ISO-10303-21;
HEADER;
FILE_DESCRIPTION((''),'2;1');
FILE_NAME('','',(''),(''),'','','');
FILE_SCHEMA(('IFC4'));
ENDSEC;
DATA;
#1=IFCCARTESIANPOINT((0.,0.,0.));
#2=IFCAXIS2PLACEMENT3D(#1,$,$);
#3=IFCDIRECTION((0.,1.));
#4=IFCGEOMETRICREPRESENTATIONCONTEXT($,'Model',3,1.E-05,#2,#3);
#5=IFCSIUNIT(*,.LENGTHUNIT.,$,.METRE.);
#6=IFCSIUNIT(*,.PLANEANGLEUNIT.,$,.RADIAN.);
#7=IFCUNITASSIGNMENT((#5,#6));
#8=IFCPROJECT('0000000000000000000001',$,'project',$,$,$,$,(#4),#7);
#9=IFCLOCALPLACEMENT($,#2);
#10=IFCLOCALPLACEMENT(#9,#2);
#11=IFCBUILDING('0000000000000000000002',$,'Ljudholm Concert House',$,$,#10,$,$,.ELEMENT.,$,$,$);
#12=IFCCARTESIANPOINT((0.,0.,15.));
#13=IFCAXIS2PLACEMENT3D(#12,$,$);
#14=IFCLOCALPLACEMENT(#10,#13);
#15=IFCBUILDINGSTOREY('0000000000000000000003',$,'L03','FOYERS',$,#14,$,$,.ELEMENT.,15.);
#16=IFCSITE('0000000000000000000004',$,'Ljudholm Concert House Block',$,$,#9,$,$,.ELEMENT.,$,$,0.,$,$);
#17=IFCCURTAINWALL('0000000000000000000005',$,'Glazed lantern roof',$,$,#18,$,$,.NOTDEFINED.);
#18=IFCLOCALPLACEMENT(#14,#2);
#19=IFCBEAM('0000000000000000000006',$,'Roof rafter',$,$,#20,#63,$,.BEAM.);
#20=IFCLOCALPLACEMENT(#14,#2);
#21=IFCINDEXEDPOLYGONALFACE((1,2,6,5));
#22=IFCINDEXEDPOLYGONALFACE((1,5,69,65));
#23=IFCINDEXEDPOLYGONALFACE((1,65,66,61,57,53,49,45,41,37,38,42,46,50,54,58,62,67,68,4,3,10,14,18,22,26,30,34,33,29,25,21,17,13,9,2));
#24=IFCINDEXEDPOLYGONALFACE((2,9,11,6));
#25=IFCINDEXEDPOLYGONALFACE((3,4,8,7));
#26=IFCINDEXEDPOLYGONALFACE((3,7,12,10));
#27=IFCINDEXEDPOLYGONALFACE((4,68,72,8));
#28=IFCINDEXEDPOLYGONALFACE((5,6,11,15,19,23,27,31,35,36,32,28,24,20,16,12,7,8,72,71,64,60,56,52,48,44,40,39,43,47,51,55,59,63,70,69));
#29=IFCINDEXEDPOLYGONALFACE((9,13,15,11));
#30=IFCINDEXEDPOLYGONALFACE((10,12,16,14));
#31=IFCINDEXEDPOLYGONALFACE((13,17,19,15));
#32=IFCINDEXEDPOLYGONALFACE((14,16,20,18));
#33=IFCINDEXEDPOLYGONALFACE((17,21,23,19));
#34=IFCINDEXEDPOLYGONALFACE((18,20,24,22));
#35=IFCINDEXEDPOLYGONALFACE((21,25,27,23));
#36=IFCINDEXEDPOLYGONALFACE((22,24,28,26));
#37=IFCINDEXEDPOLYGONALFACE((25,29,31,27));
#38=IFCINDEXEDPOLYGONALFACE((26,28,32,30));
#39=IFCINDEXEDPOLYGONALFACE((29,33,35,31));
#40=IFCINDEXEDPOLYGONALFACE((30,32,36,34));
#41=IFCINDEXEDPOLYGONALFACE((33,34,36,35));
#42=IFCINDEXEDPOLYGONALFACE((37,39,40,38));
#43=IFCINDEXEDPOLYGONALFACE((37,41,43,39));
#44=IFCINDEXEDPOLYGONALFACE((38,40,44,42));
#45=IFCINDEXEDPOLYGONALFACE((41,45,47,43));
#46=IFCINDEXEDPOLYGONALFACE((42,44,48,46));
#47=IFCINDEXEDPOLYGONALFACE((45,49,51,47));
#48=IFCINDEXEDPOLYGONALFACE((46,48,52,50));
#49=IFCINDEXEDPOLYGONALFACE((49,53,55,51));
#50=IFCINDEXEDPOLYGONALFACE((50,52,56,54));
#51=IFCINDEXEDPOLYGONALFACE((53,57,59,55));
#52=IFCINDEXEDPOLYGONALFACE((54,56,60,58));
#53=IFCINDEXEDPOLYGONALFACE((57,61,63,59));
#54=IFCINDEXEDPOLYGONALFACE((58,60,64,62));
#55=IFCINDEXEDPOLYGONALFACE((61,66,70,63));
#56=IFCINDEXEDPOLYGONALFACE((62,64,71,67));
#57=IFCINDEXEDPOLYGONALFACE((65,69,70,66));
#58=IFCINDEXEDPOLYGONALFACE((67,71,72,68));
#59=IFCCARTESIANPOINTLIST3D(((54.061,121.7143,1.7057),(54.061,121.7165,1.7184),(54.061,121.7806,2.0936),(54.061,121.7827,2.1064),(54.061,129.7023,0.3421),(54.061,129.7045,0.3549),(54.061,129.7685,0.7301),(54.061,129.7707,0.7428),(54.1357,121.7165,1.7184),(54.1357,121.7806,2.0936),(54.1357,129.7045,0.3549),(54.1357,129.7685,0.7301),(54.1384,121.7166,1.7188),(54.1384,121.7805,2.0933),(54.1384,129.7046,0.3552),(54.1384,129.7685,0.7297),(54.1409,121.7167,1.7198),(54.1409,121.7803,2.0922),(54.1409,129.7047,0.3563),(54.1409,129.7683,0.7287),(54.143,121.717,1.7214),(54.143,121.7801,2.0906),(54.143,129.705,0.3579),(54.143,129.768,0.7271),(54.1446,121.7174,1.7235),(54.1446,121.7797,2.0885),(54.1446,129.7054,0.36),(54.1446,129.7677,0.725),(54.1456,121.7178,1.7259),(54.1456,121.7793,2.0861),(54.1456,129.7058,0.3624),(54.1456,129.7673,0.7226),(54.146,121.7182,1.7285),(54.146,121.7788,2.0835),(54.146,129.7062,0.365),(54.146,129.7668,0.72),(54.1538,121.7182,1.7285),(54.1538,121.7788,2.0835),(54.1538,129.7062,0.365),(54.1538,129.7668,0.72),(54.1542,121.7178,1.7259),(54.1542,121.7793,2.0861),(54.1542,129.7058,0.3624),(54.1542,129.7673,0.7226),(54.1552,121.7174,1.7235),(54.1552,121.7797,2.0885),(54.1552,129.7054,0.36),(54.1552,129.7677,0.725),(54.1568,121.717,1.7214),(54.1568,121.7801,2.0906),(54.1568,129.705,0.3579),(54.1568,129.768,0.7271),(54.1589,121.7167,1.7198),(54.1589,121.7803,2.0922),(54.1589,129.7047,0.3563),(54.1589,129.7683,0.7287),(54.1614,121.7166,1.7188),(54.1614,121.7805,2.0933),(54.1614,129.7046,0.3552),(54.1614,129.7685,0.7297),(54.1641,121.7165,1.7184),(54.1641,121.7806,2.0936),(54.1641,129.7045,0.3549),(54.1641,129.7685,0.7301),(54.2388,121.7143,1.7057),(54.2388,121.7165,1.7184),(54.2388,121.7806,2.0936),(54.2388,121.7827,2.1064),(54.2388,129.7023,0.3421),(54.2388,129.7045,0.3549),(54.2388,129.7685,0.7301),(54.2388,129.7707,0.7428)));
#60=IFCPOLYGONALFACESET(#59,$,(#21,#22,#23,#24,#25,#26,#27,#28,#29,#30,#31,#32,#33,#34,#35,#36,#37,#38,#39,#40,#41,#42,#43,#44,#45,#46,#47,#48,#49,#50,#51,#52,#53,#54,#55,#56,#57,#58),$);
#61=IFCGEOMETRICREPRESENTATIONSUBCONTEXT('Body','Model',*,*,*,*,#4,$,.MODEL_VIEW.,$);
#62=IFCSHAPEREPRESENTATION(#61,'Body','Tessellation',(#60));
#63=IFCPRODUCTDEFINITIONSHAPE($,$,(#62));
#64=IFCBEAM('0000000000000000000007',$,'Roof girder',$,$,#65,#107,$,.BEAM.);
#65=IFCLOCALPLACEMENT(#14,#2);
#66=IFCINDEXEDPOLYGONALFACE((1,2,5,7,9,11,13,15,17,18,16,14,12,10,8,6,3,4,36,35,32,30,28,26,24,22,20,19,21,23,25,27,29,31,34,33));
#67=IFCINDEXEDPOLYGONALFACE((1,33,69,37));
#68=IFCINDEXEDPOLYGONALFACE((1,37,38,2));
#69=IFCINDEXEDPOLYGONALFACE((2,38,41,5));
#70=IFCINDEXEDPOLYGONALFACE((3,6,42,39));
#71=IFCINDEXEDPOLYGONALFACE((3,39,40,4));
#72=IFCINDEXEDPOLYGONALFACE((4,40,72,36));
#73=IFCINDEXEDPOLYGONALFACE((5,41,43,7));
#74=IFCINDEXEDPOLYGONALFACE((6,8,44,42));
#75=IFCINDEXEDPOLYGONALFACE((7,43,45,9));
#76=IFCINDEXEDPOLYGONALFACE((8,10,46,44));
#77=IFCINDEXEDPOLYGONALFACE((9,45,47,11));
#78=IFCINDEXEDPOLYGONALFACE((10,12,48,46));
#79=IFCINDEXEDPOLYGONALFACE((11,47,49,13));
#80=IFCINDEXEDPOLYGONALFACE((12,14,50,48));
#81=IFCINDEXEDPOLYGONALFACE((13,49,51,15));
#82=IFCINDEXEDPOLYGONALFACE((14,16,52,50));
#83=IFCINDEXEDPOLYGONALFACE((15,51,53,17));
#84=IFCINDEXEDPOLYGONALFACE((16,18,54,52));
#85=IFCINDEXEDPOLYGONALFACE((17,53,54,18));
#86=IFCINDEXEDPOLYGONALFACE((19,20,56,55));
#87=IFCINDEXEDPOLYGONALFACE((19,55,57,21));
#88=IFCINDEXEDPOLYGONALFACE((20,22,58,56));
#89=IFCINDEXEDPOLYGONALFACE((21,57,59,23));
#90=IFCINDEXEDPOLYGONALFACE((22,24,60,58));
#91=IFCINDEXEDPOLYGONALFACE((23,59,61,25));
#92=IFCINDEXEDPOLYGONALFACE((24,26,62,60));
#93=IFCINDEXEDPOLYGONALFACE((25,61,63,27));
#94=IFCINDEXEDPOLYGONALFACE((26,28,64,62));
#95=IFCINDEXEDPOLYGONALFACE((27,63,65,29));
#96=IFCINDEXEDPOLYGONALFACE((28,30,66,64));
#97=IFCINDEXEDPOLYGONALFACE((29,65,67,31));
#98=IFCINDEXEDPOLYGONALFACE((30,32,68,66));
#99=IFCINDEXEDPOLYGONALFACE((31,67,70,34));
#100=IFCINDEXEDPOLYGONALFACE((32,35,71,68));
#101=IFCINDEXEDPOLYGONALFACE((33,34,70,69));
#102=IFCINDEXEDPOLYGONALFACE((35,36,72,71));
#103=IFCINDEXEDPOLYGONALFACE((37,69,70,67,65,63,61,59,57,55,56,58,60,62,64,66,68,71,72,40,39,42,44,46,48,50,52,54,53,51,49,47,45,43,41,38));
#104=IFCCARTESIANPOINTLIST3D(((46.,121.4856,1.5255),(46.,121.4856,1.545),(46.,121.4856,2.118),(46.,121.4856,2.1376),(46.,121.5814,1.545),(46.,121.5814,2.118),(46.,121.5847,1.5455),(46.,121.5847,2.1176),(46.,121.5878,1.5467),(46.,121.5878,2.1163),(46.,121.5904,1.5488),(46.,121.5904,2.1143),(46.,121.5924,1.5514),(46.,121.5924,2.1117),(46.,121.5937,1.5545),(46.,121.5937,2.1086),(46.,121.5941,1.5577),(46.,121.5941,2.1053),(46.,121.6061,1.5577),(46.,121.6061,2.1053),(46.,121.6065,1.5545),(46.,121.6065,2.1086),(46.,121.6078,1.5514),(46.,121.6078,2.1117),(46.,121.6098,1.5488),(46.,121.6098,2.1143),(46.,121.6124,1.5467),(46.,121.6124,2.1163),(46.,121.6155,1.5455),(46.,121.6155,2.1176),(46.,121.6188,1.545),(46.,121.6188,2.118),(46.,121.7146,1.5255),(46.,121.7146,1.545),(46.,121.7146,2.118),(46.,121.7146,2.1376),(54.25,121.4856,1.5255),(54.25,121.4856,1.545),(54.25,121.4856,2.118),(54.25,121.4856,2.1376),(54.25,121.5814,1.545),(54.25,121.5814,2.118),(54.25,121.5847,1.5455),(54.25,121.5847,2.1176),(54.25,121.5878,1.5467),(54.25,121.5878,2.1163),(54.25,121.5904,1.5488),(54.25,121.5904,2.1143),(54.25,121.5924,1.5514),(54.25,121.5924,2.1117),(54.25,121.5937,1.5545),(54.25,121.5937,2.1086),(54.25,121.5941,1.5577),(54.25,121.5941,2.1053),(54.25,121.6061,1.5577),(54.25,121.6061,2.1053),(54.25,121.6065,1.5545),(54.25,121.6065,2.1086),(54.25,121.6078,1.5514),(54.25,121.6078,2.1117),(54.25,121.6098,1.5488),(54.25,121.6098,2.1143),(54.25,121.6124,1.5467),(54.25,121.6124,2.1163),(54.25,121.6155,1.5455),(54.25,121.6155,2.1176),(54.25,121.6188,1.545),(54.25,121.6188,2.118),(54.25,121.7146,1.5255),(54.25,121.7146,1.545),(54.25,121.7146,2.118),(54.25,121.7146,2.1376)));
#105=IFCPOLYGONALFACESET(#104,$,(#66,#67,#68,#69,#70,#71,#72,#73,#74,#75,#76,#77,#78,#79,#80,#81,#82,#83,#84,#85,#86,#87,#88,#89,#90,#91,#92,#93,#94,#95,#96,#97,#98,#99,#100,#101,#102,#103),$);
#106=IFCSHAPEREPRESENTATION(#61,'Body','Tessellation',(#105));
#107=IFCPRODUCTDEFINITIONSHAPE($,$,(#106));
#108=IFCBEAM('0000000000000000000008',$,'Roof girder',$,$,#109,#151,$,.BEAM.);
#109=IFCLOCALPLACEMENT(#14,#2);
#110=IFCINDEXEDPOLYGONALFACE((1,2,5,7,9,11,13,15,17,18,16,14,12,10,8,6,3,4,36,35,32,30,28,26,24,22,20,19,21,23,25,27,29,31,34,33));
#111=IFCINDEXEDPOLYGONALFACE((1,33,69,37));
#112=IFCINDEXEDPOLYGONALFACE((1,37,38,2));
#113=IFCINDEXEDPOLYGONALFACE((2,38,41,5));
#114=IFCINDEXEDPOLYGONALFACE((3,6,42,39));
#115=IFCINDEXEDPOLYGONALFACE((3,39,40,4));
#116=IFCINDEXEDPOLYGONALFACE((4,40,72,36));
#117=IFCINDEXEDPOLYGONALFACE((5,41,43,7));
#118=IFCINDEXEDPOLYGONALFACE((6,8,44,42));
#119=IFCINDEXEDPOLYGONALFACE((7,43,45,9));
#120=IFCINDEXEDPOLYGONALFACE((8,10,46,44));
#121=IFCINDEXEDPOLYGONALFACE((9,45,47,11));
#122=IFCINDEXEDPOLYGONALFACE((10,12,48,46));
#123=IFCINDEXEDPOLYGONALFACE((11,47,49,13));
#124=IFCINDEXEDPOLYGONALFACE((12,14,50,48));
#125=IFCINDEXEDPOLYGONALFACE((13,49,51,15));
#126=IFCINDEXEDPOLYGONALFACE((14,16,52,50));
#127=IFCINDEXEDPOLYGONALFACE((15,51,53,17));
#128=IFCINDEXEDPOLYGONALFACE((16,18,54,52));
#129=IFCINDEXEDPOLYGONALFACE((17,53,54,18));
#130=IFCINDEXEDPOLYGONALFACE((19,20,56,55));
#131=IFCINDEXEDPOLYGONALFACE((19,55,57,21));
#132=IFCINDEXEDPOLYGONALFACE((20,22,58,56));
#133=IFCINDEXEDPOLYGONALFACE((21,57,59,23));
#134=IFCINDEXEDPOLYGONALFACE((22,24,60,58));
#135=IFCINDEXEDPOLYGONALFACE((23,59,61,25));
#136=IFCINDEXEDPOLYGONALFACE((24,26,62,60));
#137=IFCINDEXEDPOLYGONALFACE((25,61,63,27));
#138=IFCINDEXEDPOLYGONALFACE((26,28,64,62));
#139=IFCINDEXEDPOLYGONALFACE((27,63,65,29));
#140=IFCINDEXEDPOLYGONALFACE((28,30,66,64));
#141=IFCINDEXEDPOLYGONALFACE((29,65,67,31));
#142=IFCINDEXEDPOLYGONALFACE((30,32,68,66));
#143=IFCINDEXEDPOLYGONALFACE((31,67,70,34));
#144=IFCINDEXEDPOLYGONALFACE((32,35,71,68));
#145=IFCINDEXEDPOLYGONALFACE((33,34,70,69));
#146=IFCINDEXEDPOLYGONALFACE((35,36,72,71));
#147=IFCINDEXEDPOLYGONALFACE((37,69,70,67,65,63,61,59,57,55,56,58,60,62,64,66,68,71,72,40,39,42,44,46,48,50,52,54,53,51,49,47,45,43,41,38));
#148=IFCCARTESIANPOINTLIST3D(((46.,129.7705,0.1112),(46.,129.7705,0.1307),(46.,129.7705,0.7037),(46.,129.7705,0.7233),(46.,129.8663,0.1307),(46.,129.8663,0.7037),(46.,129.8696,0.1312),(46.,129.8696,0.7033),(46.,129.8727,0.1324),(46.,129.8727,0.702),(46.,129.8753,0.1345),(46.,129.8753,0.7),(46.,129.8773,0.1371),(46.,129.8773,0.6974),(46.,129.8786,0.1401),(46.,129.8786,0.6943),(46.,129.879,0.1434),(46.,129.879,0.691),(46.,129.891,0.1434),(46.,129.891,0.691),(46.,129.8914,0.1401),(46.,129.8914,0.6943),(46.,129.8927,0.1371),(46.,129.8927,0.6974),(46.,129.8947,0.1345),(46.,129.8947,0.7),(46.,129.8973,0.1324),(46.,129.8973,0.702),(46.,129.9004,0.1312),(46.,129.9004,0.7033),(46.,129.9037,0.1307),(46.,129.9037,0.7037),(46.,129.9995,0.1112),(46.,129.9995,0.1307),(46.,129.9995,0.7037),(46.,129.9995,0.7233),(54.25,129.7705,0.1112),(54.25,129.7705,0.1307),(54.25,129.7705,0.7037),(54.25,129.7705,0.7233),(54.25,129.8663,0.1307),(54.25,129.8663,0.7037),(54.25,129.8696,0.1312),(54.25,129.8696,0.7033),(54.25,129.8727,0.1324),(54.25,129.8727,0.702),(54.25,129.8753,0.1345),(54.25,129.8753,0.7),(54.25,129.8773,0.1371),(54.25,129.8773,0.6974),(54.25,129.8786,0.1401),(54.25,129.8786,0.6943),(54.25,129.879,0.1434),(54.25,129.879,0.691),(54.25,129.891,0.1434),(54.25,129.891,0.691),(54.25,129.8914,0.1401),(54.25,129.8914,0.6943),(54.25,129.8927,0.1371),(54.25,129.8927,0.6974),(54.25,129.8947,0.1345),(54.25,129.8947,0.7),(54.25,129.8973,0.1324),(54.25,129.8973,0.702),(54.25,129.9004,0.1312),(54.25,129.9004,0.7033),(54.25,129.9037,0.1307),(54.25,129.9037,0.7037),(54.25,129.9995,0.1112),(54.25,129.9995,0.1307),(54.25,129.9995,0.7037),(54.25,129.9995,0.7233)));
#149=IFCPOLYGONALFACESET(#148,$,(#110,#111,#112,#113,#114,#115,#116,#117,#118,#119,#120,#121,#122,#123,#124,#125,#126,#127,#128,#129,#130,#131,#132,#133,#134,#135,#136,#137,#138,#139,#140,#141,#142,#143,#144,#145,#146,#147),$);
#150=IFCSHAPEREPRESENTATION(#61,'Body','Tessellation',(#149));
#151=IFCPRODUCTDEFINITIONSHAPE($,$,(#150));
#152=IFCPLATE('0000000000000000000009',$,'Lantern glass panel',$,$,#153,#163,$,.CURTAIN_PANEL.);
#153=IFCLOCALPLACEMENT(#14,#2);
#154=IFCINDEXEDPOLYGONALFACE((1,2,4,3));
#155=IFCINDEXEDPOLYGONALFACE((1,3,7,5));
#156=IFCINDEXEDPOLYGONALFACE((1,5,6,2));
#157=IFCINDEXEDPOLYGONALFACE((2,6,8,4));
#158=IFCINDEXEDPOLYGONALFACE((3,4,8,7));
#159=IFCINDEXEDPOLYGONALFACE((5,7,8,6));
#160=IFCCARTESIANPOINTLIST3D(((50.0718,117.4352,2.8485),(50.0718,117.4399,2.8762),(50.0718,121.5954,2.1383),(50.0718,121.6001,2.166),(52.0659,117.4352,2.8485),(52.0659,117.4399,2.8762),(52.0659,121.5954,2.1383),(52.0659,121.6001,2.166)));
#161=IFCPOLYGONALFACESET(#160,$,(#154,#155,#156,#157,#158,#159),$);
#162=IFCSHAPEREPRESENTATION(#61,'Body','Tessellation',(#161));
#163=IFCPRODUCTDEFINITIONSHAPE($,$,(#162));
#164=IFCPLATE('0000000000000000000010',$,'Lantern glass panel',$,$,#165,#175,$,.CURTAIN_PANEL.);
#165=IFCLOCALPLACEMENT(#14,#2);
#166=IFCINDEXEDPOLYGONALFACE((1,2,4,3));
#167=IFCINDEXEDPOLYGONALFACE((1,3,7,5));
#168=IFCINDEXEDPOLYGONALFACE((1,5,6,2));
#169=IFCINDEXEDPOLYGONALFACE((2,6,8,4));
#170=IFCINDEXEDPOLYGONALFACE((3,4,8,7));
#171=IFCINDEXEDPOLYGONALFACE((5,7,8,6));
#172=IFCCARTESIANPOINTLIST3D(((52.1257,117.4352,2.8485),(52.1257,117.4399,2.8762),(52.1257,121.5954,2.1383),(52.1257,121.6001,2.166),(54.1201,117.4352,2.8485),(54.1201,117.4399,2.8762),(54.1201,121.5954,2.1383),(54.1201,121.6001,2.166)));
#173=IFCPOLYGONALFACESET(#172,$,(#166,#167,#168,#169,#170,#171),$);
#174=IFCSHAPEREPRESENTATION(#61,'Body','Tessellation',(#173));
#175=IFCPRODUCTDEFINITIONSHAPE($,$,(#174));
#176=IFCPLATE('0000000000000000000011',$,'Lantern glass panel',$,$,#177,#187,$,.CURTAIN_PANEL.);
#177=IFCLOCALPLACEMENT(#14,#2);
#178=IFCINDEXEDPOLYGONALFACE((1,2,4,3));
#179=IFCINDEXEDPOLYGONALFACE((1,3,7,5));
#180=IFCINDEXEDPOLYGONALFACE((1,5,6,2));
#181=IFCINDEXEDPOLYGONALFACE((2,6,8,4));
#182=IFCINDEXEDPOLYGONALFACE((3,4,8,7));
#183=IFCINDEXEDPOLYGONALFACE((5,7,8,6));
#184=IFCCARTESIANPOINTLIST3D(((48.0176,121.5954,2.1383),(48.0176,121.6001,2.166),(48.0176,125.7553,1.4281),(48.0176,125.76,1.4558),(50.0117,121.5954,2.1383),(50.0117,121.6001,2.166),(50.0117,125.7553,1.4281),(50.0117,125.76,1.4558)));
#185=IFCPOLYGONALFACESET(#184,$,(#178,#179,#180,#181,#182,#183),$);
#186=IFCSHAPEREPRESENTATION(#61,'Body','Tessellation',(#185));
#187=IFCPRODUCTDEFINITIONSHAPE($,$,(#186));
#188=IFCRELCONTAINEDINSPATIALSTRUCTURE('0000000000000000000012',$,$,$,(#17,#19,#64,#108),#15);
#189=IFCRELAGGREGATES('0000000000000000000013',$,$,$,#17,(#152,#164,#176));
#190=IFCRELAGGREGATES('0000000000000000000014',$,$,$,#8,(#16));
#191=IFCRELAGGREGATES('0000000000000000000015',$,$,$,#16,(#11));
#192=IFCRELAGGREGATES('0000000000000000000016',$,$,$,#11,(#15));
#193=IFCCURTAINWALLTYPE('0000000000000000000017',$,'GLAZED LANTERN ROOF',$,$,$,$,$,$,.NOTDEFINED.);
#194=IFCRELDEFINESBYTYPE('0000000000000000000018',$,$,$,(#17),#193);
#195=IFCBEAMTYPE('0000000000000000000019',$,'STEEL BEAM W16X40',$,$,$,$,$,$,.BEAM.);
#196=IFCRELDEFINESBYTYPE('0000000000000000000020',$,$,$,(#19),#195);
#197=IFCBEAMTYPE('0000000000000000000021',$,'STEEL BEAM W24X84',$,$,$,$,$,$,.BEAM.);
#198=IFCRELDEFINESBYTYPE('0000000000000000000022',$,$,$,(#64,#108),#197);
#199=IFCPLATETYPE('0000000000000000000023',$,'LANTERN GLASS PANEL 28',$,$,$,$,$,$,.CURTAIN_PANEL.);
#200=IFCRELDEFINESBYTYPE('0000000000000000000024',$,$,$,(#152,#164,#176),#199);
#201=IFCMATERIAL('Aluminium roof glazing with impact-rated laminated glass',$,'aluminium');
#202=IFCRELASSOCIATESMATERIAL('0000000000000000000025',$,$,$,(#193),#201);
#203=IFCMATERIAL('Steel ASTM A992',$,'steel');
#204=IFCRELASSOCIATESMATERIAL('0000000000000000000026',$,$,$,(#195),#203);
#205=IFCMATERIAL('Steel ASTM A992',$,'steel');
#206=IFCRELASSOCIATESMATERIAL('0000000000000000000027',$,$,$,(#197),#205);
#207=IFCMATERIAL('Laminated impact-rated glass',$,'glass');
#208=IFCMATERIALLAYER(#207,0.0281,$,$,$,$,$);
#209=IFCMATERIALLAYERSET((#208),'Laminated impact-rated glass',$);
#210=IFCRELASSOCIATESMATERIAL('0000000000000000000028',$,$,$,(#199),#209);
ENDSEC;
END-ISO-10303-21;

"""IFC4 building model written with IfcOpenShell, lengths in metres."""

from ifc_helpers import new_model, si_unit, direction, frame, origin, origin_2d, place, context, subcontext, project, spatial, polyline, i_section, outline, extrude, material, layer, layer_set, material_profile, profile_set, type_object, element, aggregate, save


model = new_model("IFC4")

# Units and contexts
model_context = context("Model", 3, precision=1e-05, world=origin(), true_north=direction((0.0, 1.0)))
body_context = subcontext(model_context, "Body", "Model", "MODEL_VIEW")
ifc_project = project(units=[si_unit("LENGTHUNIT", "METRE"), si_unit("PLANEANGLEUNIT", "RADIAN")], contexts=[model_context])

# Site, building, storey
site_placement = place(None, origin())
site = spatial("IfcSite", under=ifc_project, at=site_placement, Name="Ljudholm Concert House Block", CompositionType="ELEMENT", RefElevation=0.0)
building_placement = place(site_placement, origin())
building = spatial("IfcBuilding", under=site, at=building_placement, Name="Ljudholm Concert House", CompositionType="ELEMENT")
storey_placement = place(building_placement, frame((0.0, 0.0, 15.0)))
storey = spatial("IfcBuildingStorey", under=building, at=storey_placement, Name="L03", Description="FOYERS", CompositionType="ELEMENT", Elevation=15.0)

# Curtain wall
ifc_material_1 = material(Name="Aluminium roof glazing with impact-rated laminated glass", Category="aluminium")
curtain_wall_type = type_object("IfcCurtainWallType", Name="GLAZED LANTERN ROOF", PredefinedType="NOTDEFINED", material=ifc_material_1)
curtain_wall_placement = place(storey_placement, origin())
curtain_wall = element("IfcCurtainWall", 1, at=curtain_wall_placement, inside=storey, type_object=curtain_wall_type, Name="Glazed lantern roof", PredefinedType="NOTDEFINED")

# Beams
ifc_material_2 = material(Name="Steel ASTM A992", Category="steel")
ifc_material_profile_1 = material_profile(ifc_material_2, i_section(OverallWidth=0.1777, OverallDepth=0.4065, WebThickness=0.0078, FlangeThickness=0.0129, FilletRadius=0.0103, at=origin_2d()), Name="W16X40")
ifc_profile_set_1 = profile_set([ifc_material_profile_1], Name="Steel ASTM A992")
beam_type_1 = type_object("IfcBeamType", Name="STEEL BEAM W16X40", PredefinedType="BEAM", material=ifc_profile_set_1)
for number, where, z_axis, x_axis, name in (
    (2, (54.1499, 121.7485, 1.906), (0.0, 0.985742, -0.168262), (-1.0, 0.0, 0.0), "Roof rafter"),
):
    element("IfcBeam", number, at=place(storey_placement, frame(where, z_axis=z_axis, x_axis=x_axis)), inside=storey, type_object=beam_type_1, Name=name, PredefinedType="BEAM", context=body_context, shape_type="SweptSolid", body=[
        extrude(i_section(OverallWidth=0.1777, OverallDepth=0.4065, WebThickness=0.0078, FlangeThickness=0.0129, FilletRadius=0.0103, at=origin_2d()), origin(), (0.0, 0.0, 1.0), 8.1035),
    ])
ifc_material_3 = material(Name="Steel ASTM A992", Category="steel")
ifc_material_profile_2 = material_profile(ifc_material_3, i_section(OverallWidth=0.229, OverallDepth=0.6121, WebThickness=0.012, FlangeThickness=0.0195, FilletRadius=0.0127, at=origin_2d()), Name="W24X84")
ifc_profile_set_2 = profile_set([ifc_material_profile_2], Name="Steel ASTM A992")
beam_type_2 = type_object("IfcBeamType", Name="STEEL BEAM W24X84", PredefinedType="BEAM", material=ifc_profile_set_2)
for number, where, z_axis, x_axis, name in (
    (3, (46.0, 121.6001, 1.8315), (1.0, 0.0, 0.0), (0.0, 1.0, 0.0), "Roof girder"),
    (4, (46.0, 129.885, 0.4172), (1.0, 0.0, 0.0), (0.0, 1.0, 0.0), "Roof girder"),
):
    element("IfcBeam", number, at=place(storey_placement, frame(where, z_axis=z_axis, x_axis=x_axis)), inside=storey, type_object=beam_type_2, Name=name, PredefinedType="BEAM", context=body_context, shape_type="SweptSolid", body=[
        extrude(i_section(OverallWidth=0.229, OverallDepth=0.6121, WebThickness=0.012, FlangeThickness=0.0195, FilletRadius=0.0127, at=origin_2d()), origin(), (0.0, 0.0, 1.0), 8.25),
    ])

# Plates
ifc_material_4 = material(Name="Laminated impact-rated glass", Category="glass")
ifc_layer_1 = layer(ifc_material_4, 0.0281)
ifc_layer_set_1 = layer_set([ifc_layer_1], Name="Laminated impact-rated glass")
plate_type = type_object("IfcPlateType", Name="LANTERN GLASS PANEL 28", PredefinedType="CURTAIN_PANEL", material=ifc_layer_set_1)
plate_1_placement = place(storey_placement, frame((50.0718, 117.4399, 2.8762), z_axis=(0.0, 0.168281, 0.985739), x_axis=(1.0, 0.0, 0.0)))
plate_1 = element("IfcPlate", 5, at=plate_1_placement, type_object=plate_type, Name="Lantern glass panel", PredefinedType="CURTAIN_PANEL", context=body_context, shape_type="SweptSolid", body=[
    extrude(outline(polyline([(0.0, 0.0), (1.9941, 0.0), (1.9941, 4.2203), (0.0, 4.2203), (0.0, 0.0)])), origin(), (0.0, 0.0, -1.0), 0.0281),
])
plate_2_placement = place(storey_placement, frame((52.1257, 117.4399, 2.8762), z_axis=(0.0, 0.168281, 0.985739), x_axis=(1.0, 0.0, 0.0)))
plate_2 = element("IfcPlate", 6, at=plate_2_placement, type_object=plate_type, Name="Lantern glass panel", PredefinedType="CURTAIN_PANEL", context=body_context, shape_type="SweptSolid", body=[
    extrude(outline(polyline([(0.0, 0.0), (1.9944, 0.0), (1.9944, 4.2203), (0.0, 4.2203), (0.0, 0.0)])), origin(), (0.0, 0.0, -1.0), 0.0281),
])
plate_3_placement = place(storey_placement, frame((48.0176, 121.6001, 2.166), z_axis=(0.0, 0.168291, 0.985737), x_axis=(1.0, 0.0, 0.0)))
plate_3 = element("IfcPlate", 7, at=plate_3_placement, type_object=plate_type, Name="Lantern glass panel", PredefinedType="CURTAIN_PANEL", context=body_context, shape_type="SweptSolid", body=[
    extrude(outline(polyline([(0.0, 0.0), (1.9941, 0.0), (1.9941, 4.2201), (0.0, 4.2201), (0.0, 0.0)])), origin(), (0.0, 0.0, -1.0), 0.0281),
])
aggregate(curtain_wall, [plate_1, plate_2, plate_3])

save(model, "model.ifc")
